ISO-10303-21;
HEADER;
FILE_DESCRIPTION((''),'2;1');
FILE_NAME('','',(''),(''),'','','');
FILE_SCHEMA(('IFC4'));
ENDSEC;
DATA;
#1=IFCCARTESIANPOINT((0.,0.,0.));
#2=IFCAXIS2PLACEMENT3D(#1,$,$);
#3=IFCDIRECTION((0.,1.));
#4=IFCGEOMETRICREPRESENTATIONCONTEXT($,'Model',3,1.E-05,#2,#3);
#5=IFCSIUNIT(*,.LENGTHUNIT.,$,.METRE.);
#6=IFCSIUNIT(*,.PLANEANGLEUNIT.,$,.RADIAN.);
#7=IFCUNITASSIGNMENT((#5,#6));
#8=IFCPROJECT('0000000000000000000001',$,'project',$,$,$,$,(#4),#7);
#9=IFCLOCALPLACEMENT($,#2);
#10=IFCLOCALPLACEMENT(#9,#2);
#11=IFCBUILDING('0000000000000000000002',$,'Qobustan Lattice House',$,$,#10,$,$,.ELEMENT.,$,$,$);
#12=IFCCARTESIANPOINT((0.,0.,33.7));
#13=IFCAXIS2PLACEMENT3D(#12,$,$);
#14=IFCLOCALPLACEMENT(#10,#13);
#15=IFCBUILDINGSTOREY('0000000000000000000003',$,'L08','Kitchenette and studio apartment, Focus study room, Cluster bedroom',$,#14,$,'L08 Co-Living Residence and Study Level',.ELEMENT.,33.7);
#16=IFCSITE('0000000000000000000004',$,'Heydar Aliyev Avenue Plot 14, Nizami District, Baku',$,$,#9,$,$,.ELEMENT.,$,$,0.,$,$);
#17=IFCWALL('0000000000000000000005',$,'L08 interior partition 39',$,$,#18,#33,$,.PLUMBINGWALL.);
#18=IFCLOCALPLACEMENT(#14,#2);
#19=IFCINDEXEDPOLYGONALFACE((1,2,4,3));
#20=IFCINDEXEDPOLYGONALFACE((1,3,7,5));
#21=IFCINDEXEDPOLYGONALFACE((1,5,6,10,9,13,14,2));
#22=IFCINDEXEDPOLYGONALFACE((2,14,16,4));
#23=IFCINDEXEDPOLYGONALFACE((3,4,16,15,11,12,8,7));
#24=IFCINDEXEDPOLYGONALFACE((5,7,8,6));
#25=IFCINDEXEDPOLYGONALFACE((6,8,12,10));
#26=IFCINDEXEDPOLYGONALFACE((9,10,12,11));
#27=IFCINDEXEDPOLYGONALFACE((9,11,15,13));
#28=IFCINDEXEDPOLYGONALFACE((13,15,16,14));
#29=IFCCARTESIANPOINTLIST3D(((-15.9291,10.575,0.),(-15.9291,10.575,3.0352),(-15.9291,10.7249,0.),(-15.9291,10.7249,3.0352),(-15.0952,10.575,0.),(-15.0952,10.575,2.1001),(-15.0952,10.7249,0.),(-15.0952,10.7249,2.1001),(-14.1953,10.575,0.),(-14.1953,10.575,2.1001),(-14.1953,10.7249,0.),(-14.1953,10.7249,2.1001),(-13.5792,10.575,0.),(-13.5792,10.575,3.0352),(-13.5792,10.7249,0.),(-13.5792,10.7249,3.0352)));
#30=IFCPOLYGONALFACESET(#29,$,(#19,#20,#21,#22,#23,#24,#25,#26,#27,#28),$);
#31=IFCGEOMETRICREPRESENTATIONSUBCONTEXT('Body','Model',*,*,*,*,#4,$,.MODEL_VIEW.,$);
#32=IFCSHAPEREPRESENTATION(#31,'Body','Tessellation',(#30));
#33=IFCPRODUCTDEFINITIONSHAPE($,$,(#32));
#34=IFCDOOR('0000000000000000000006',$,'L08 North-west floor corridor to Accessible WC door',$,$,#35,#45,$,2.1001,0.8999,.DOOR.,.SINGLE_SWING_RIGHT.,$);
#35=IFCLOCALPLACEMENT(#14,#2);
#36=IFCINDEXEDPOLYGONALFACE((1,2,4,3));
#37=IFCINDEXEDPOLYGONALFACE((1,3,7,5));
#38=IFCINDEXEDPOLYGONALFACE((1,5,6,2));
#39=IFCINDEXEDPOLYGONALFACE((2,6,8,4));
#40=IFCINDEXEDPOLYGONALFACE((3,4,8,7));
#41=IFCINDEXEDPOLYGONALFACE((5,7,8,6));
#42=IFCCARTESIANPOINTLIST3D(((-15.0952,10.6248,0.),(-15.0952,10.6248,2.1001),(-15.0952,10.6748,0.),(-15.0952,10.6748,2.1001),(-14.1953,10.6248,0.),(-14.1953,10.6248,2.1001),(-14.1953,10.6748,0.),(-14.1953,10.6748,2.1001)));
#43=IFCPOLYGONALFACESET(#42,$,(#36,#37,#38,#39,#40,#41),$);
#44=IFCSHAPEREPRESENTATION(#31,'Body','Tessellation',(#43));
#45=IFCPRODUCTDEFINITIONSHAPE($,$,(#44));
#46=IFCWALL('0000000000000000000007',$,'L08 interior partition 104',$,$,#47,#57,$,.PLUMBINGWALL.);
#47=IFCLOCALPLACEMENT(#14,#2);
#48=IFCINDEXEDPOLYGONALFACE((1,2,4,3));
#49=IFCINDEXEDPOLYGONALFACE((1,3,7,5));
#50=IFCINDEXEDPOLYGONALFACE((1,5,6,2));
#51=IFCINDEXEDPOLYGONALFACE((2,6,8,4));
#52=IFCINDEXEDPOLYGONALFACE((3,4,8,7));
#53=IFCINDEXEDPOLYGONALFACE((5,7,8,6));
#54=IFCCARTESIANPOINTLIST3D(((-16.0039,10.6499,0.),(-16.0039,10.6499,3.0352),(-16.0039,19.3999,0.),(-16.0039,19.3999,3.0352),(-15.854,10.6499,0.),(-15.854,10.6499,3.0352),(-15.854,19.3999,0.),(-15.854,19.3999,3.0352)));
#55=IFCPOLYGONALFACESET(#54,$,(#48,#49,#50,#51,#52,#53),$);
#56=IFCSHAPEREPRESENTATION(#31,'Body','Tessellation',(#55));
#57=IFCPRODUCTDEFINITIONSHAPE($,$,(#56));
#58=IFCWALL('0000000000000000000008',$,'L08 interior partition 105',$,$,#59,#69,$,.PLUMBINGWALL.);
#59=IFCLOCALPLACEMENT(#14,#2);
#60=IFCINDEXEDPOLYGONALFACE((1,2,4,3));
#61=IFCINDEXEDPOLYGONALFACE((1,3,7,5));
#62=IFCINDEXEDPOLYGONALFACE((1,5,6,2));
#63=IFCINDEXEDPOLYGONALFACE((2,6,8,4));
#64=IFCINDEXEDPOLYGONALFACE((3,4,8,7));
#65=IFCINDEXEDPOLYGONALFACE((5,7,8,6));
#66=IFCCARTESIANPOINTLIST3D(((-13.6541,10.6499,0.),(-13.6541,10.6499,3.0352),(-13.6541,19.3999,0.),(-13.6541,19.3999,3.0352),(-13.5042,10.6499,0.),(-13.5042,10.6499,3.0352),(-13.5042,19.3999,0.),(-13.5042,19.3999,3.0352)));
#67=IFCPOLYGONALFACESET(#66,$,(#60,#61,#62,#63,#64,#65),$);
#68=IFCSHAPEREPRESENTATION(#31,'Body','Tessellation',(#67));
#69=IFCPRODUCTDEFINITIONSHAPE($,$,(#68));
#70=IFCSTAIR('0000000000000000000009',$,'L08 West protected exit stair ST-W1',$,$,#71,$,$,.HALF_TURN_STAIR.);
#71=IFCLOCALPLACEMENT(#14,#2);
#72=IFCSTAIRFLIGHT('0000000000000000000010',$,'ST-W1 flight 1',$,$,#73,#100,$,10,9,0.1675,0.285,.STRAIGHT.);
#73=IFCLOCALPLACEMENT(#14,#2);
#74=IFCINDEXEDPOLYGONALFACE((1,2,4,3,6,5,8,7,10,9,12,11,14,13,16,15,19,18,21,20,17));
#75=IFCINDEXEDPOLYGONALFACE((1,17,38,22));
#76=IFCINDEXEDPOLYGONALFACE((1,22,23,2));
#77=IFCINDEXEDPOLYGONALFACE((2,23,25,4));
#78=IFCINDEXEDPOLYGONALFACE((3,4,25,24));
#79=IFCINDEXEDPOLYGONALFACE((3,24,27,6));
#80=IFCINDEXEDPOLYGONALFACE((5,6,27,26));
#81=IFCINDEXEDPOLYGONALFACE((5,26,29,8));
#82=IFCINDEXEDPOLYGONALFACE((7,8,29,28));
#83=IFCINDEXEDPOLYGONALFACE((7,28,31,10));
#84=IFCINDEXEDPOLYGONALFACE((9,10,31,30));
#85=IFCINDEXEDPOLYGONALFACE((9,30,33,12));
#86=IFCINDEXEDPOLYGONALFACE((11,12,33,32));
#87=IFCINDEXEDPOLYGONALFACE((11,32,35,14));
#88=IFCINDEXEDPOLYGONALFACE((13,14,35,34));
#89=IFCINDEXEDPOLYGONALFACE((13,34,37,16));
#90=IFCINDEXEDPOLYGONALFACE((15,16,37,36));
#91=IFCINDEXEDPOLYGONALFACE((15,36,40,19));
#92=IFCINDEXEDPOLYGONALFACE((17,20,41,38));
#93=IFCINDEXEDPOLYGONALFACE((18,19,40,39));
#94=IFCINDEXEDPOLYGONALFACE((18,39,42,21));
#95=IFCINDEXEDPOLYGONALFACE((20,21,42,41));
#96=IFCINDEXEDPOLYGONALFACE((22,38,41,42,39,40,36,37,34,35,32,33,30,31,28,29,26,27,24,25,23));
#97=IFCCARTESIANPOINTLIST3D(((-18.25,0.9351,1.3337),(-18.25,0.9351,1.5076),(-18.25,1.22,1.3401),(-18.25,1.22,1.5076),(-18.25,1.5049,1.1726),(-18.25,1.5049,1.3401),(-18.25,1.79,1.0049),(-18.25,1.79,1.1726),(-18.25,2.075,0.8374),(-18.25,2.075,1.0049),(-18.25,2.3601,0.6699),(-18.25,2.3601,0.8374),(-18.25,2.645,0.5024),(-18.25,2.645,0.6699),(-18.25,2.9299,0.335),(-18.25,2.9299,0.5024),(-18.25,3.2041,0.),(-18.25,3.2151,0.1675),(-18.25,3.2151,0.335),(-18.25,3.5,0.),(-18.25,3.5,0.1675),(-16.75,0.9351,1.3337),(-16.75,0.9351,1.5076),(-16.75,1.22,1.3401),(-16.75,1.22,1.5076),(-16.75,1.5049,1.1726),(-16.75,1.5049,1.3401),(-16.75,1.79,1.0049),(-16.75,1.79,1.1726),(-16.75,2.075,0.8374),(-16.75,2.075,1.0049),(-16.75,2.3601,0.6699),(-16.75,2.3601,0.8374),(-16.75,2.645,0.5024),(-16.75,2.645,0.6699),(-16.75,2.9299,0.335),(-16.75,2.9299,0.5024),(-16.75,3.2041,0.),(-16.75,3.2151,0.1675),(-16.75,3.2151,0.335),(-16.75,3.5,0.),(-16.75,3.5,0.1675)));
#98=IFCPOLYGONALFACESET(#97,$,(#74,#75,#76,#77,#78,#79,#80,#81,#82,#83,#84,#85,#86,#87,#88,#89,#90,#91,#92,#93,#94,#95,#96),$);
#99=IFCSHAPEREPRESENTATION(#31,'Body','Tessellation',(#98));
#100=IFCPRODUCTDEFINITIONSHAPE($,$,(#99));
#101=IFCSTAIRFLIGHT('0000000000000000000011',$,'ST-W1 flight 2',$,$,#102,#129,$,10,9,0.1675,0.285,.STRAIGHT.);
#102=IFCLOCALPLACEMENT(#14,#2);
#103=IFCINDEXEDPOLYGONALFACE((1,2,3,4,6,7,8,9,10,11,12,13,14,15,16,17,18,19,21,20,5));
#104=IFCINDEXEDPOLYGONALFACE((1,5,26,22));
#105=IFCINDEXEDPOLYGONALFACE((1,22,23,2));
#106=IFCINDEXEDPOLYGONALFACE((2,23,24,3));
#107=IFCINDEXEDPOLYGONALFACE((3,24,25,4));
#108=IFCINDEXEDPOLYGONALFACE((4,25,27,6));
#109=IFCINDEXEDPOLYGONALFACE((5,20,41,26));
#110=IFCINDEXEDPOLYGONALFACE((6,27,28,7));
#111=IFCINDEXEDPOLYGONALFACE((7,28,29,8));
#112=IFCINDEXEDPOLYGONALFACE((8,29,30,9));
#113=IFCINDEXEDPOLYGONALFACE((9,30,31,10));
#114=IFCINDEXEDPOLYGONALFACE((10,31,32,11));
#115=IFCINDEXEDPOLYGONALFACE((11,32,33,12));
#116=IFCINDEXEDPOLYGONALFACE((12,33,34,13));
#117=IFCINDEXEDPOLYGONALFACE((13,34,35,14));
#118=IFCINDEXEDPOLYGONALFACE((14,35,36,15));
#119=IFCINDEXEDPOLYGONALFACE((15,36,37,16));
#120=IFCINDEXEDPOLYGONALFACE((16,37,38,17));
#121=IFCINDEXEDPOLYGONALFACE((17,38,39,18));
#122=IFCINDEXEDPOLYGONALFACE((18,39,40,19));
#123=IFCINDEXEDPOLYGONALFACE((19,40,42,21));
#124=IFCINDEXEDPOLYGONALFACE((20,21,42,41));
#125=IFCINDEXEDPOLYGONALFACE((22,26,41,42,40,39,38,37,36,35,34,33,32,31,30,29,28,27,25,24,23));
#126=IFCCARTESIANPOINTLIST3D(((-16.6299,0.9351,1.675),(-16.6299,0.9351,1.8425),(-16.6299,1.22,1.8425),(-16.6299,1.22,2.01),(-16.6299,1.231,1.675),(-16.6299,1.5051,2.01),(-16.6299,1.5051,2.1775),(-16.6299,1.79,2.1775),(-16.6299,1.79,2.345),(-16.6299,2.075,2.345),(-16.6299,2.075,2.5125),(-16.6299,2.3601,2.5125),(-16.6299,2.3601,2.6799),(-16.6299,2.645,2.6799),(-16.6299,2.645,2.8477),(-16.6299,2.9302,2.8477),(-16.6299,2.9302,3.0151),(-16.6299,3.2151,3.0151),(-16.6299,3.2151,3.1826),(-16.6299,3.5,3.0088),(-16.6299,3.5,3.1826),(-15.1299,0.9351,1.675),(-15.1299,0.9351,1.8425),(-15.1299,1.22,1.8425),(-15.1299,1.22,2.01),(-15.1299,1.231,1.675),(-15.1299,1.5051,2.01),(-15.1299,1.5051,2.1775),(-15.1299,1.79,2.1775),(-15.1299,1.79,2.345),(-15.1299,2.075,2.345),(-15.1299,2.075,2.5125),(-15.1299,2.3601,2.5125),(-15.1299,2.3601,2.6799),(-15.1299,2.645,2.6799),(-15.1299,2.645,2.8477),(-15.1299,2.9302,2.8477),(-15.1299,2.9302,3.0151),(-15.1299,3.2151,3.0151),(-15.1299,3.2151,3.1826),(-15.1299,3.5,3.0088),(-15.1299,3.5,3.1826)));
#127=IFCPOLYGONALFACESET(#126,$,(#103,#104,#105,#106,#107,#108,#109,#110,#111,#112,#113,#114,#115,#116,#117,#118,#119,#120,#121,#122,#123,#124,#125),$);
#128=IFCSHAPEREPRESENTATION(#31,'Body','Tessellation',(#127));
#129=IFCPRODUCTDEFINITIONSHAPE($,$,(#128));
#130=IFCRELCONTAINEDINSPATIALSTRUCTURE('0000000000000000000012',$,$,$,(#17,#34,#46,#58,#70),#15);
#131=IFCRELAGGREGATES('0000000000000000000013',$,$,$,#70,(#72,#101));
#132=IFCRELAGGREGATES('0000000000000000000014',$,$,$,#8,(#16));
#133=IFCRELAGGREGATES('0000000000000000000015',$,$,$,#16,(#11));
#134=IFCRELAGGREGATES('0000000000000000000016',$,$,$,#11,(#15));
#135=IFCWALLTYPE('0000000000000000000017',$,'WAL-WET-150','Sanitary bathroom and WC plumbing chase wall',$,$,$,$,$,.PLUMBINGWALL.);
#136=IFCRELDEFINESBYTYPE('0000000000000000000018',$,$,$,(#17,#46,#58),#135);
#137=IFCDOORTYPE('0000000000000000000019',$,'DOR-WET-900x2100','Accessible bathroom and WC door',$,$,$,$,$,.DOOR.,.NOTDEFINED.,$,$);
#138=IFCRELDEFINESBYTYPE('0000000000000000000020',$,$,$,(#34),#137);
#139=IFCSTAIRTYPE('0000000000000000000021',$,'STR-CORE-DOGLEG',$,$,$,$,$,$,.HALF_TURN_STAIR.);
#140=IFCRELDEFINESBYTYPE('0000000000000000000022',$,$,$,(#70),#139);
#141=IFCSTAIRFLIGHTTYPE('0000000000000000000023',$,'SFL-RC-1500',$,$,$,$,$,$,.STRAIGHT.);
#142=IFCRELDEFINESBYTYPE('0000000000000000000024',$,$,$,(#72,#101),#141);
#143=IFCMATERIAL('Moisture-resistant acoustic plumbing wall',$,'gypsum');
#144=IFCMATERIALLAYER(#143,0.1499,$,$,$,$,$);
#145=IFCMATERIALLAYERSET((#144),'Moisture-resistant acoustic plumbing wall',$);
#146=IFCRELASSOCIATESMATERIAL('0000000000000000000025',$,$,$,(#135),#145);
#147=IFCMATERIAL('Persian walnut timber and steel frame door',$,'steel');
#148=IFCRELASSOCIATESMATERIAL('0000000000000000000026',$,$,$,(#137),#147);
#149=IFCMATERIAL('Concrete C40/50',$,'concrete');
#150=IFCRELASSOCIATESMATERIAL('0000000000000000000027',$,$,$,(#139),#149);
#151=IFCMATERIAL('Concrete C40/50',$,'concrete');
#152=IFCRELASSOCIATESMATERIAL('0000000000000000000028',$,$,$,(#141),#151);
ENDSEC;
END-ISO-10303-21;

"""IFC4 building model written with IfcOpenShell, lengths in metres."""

from ifc_helpers import new_model, si_unit, direction, frame, frame_2d, origin, place, context, subcontext, project, spatial, polyline, rectangle, outline, extrude, material, layer, layer_set, type_object, element, fill, aggregate, save


model = new_model("IFC4")

# Units and contexts
model_context = context("Model", 3, precision=1e-05, world=origin(), true_north=direction((0.0, 1.0)))
body_context = subcontext(model_context, "Body", "Model", "MODEL_VIEW")
ifc_project = project(units=[si_unit("LENGTHUNIT", "METRE"), si_unit("PLANEANGLEUNIT", "RADIAN")], contexts=[model_context])

# Site, building, storey
site_placement = place(None, origin())
site = spatial("IfcSite", under=ifc_project, at=site_placement, Name="Heydar Aliyev Avenue Plot 14, Nizami District, Baku", CompositionType="ELEMENT", RefElevation=0.0)
building_placement = place(site_placement, origin())
building = spatial("IfcBuilding", under=site, at=building_placement, Name="Qobustan Lattice House", CompositionType="ELEMENT")
storey_placement = place(building_placement, frame((0.0, 0.0, 33.7)))
storey = spatial("IfcBuildingStorey", under=building, at=storey_placement, Name="L08", Description="Kitchenette and studio apartment, Focus study room, Cluster bedroom", LongName="L08 Co-Living Residence and Study Level", CompositionType="ELEMENT", Elevation=33.7)

# Wall, opening, door
ifc_material_1 = material(Name="Moisture-resistant acoustic plumbing wall", Category="gypsum")
ifc_layer_1 = layer(ifc_material_1, 0.1499)
ifc_layer_set_1 = layer_set([ifc_layer_1], Name="Moisture-resistant acoustic plumbing wall")
wall_type_1 = type_object("IfcWallType", Name="WAL-WET-150", Description="Sanitary bathroom and WC plumbing chase wall", PredefinedType="PLUMBINGWALL", material=ifc_layer_set_1)
wall_1_placement = place(storey_placement, frame((-15.929, 10.6499, 0.0), z_axis=(0.0, 0.0, 1.0), x_axis=(1.0, 0.0, 0.0)))
wall_1 = element("IfcWall", 1, at=wall_1_placement, inside=storey, type_object=wall_type_1, Name="L08 interior partition 39", PredefinedType="PLUMBINGWALL", context=body_context, shape_type="SweptSolid", body=[
    extrude(rectangle(XDim=2.3499, YDim=0.1499, at=frame_2d((1.1748, 0.0))), origin(), (0.0, 0.0, 1.0), 3.0352),
])
opening_1_placement = place(wall_1_placement, frame((0.8337, 0.0, 0.0)))
opening_1 = element("IfcOpeningElement", 2, at=opening_1_placement, cuts=wall_1, PredefinedType="OPENING", context=body_context, shape_type="SweptSolid", body=[
    extrude(rectangle(XDim=0.8999, YDim=2.1001, at=frame_2d((0.45, 1.05))), frame((0.0, 0.085, 0.0), z_axis=(0.0, -1.0, 0.0), x_axis=(1.0, 0.0, 0.0)), (0.0, 0.0, 1.0), 0.1699),
])
ifc_material_2 = material(Name="Persian walnut timber and steel frame door", Category="steel")
door_type_1 = type_object("IfcDoorType", Name="DOR-WET-900x2100", Description="Accessible bathroom and WC door", OperationType="NOTDEFINED", PredefinedType="DOOR", material=ifc_material_2)
door_1_placement = place(opening_1_placement, origin())
door_1 = element("IfcDoor", 3, at=door_1_placement, inside=storey, type_object=door_type_1, Name="L08 North-west floor corridor to Accessible WC door", OperationType="SINGLE_SWING_RIGHT", OverallHeight=2.1001, OverallWidth=0.8999, PredefinedType="DOOR", context=body_context, shape_type="SweptSolid", body=[
    extrude(rectangle(XDim=0.8999, YDim=2.1001, at=frame_2d((0.45, 1.05))), frame((0.0, 0.0249, 0.0), z_axis=(0.0, -1.0, 0.0), x_axis=(1.0, 0.0, 0.0)), (0.0, 0.0, 1.0), 0.05),
])
fill(opening_1, door_1)

# Walls
for number, where, z_axis, x_axis, name in (
    (4, (-15.929, 19.3999, 0.0), (0.0, 0.0, 1.0), (0.0, -1.0, 0.0), "L08 interior partition 104"),
    (5, (-13.5791, 19.3999, 0.0), (0.0, 0.0, 1.0), (0.0, -1.0, 0.0), "L08 interior partition 105"),
):
    element("IfcWall", number, at=place(storey_placement, frame(where, z_axis=z_axis, x_axis=x_axis)), inside=storey, type_object=wall_type_1, Name=name, PredefinedType="PLUMBINGWALL", context=body_context, shape_type="SweptSolid", body=[
        extrude(rectangle(XDim=8.75, YDim=0.1499, at=frame_2d((4.375, 0.0))), origin(), (0.0, 0.0, 1.0), 3.0352),
    ])

# Stair, stair flights
ifc_material_3 = material(Name="Concrete C40/50", Category="concrete")
stair_type = type_object("IfcStairType", Name="STR-CORE-DOGLEG", PredefinedType="HALF_TURN_STAIR", material=ifc_material_3)
stair_placement = place(storey_placement, origin())
stair = element("IfcStair", 6, at=stair_placement, inside=storey, type_object=stair_type, Name="L08 West protected exit stair ST-W1", PredefinedType="HALF_TURN_STAIR")
ifc_material_4 = material(Name="Concrete C40/50", Category="concrete")
stair_flight_type = type_object("IfcStairFlightType", Name="SFL-RC-1500", PredefinedType="STRAIGHT", material=ifc_material_4)
stair_flight_1_placement = place(storey_placement, frame((-17.5, 3.5, 0.0), z_axis=(0.0, 0.0, 1.0), x_axis=(0.0, -1.0, 0.0)))
stair_flight_1 = element("IfcStairFlight", 7, at=stair_flight_1_placement, type_object=stair_flight_type, Name="ST-W1 flight 1", NumberOfRisers=10, NumberOfTreads=9, PredefinedType="STRAIGHT", RiserHeight=0.1675, TreadLength=0.285, context=body_context, shape_type="SweptSolid", body=[
    extrude(outline(polyline([(0.0, 0.0), (0.0, 0.1675), (0.2849, 0.1675), (0.2849, 0.335), (0.5701, 0.335), (0.5701, 0.5024), (0.855, 0.5024), (0.855, 0.6699), (1.1399, 0.6699), (1.1399, 0.8374), (1.425, 0.8374), (1.425, 1.0049), (1.71, 1.0049), (1.71, 1.1726), (1.9951, 1.1726), (1.9951, 1.3401), (2.28, 1.3401), (2.28, 1.5076), (2.5649, 1.5076), (2.5649, 1.675), (2.5649, 1.3337), (0.2959, 0.0), (0.0, 0.0)])), frame((0.0, 0.75, 0.0), z_axis=(0.0, -1.0, 0.0), x_axis=(1.0, 0.0, 0.0)), (0.0, 0.0, 1.0), 1.5),
])
stair_flight_2_placement = place(storey_placement, frame((-15.8799, 0.9351, 1.675), z_axis=(0.0, 0.0, 1.0), x_axis=(0.0, 1.0, 0.0)))
stair_flight_2 = element("IfcStairFlight", 8, at=stair_flight_2_placement, type_object=stair_flight_type, Name="ST-W1 flight 2", NumberOfRisers=10, NumberOfTreads=9, PredefinedType="STRAIGHT", RiserHeight=0.1675, TreadLength=0.285, context=body_context, shape_type="SweptSolid", body=[
    extrude(outline(polyline([(0.0, 0.0), (0.0, 0.1675), (0.2849, 0.1675), (0.2849, 0.335), (0.5701, 0.335), (0.5701, 0.5024), (0.855, 0.5024), (0.855, 0.6699), (1.1399, 0.6699), (1.1399, 0.8374), (1.425, 0.8374), (1.425, 1.0049), (1.71, 1.0049), (1.71, 1.1726), (1.9951, 1.1726), (1.9951, 1.3401), (2.28, 1.3401), (2.28, 1.5076), (2.5649, 1.5076), (2.5649, 1.675), (2.5649, 1.3337), (0.2959, 0.0), (0.0, 0.0)])), frame((0.0, 0.75, 0.0), z_axis=(0.0, -1.0, 0.0), x_axis=(1.0, 0.0, 0.0)), (0.0, 0.0, 1.0), 1.5),
])
aggregate(stair, [stair_flight_1, stair_flight_2])

save(model, "model.ifc")
